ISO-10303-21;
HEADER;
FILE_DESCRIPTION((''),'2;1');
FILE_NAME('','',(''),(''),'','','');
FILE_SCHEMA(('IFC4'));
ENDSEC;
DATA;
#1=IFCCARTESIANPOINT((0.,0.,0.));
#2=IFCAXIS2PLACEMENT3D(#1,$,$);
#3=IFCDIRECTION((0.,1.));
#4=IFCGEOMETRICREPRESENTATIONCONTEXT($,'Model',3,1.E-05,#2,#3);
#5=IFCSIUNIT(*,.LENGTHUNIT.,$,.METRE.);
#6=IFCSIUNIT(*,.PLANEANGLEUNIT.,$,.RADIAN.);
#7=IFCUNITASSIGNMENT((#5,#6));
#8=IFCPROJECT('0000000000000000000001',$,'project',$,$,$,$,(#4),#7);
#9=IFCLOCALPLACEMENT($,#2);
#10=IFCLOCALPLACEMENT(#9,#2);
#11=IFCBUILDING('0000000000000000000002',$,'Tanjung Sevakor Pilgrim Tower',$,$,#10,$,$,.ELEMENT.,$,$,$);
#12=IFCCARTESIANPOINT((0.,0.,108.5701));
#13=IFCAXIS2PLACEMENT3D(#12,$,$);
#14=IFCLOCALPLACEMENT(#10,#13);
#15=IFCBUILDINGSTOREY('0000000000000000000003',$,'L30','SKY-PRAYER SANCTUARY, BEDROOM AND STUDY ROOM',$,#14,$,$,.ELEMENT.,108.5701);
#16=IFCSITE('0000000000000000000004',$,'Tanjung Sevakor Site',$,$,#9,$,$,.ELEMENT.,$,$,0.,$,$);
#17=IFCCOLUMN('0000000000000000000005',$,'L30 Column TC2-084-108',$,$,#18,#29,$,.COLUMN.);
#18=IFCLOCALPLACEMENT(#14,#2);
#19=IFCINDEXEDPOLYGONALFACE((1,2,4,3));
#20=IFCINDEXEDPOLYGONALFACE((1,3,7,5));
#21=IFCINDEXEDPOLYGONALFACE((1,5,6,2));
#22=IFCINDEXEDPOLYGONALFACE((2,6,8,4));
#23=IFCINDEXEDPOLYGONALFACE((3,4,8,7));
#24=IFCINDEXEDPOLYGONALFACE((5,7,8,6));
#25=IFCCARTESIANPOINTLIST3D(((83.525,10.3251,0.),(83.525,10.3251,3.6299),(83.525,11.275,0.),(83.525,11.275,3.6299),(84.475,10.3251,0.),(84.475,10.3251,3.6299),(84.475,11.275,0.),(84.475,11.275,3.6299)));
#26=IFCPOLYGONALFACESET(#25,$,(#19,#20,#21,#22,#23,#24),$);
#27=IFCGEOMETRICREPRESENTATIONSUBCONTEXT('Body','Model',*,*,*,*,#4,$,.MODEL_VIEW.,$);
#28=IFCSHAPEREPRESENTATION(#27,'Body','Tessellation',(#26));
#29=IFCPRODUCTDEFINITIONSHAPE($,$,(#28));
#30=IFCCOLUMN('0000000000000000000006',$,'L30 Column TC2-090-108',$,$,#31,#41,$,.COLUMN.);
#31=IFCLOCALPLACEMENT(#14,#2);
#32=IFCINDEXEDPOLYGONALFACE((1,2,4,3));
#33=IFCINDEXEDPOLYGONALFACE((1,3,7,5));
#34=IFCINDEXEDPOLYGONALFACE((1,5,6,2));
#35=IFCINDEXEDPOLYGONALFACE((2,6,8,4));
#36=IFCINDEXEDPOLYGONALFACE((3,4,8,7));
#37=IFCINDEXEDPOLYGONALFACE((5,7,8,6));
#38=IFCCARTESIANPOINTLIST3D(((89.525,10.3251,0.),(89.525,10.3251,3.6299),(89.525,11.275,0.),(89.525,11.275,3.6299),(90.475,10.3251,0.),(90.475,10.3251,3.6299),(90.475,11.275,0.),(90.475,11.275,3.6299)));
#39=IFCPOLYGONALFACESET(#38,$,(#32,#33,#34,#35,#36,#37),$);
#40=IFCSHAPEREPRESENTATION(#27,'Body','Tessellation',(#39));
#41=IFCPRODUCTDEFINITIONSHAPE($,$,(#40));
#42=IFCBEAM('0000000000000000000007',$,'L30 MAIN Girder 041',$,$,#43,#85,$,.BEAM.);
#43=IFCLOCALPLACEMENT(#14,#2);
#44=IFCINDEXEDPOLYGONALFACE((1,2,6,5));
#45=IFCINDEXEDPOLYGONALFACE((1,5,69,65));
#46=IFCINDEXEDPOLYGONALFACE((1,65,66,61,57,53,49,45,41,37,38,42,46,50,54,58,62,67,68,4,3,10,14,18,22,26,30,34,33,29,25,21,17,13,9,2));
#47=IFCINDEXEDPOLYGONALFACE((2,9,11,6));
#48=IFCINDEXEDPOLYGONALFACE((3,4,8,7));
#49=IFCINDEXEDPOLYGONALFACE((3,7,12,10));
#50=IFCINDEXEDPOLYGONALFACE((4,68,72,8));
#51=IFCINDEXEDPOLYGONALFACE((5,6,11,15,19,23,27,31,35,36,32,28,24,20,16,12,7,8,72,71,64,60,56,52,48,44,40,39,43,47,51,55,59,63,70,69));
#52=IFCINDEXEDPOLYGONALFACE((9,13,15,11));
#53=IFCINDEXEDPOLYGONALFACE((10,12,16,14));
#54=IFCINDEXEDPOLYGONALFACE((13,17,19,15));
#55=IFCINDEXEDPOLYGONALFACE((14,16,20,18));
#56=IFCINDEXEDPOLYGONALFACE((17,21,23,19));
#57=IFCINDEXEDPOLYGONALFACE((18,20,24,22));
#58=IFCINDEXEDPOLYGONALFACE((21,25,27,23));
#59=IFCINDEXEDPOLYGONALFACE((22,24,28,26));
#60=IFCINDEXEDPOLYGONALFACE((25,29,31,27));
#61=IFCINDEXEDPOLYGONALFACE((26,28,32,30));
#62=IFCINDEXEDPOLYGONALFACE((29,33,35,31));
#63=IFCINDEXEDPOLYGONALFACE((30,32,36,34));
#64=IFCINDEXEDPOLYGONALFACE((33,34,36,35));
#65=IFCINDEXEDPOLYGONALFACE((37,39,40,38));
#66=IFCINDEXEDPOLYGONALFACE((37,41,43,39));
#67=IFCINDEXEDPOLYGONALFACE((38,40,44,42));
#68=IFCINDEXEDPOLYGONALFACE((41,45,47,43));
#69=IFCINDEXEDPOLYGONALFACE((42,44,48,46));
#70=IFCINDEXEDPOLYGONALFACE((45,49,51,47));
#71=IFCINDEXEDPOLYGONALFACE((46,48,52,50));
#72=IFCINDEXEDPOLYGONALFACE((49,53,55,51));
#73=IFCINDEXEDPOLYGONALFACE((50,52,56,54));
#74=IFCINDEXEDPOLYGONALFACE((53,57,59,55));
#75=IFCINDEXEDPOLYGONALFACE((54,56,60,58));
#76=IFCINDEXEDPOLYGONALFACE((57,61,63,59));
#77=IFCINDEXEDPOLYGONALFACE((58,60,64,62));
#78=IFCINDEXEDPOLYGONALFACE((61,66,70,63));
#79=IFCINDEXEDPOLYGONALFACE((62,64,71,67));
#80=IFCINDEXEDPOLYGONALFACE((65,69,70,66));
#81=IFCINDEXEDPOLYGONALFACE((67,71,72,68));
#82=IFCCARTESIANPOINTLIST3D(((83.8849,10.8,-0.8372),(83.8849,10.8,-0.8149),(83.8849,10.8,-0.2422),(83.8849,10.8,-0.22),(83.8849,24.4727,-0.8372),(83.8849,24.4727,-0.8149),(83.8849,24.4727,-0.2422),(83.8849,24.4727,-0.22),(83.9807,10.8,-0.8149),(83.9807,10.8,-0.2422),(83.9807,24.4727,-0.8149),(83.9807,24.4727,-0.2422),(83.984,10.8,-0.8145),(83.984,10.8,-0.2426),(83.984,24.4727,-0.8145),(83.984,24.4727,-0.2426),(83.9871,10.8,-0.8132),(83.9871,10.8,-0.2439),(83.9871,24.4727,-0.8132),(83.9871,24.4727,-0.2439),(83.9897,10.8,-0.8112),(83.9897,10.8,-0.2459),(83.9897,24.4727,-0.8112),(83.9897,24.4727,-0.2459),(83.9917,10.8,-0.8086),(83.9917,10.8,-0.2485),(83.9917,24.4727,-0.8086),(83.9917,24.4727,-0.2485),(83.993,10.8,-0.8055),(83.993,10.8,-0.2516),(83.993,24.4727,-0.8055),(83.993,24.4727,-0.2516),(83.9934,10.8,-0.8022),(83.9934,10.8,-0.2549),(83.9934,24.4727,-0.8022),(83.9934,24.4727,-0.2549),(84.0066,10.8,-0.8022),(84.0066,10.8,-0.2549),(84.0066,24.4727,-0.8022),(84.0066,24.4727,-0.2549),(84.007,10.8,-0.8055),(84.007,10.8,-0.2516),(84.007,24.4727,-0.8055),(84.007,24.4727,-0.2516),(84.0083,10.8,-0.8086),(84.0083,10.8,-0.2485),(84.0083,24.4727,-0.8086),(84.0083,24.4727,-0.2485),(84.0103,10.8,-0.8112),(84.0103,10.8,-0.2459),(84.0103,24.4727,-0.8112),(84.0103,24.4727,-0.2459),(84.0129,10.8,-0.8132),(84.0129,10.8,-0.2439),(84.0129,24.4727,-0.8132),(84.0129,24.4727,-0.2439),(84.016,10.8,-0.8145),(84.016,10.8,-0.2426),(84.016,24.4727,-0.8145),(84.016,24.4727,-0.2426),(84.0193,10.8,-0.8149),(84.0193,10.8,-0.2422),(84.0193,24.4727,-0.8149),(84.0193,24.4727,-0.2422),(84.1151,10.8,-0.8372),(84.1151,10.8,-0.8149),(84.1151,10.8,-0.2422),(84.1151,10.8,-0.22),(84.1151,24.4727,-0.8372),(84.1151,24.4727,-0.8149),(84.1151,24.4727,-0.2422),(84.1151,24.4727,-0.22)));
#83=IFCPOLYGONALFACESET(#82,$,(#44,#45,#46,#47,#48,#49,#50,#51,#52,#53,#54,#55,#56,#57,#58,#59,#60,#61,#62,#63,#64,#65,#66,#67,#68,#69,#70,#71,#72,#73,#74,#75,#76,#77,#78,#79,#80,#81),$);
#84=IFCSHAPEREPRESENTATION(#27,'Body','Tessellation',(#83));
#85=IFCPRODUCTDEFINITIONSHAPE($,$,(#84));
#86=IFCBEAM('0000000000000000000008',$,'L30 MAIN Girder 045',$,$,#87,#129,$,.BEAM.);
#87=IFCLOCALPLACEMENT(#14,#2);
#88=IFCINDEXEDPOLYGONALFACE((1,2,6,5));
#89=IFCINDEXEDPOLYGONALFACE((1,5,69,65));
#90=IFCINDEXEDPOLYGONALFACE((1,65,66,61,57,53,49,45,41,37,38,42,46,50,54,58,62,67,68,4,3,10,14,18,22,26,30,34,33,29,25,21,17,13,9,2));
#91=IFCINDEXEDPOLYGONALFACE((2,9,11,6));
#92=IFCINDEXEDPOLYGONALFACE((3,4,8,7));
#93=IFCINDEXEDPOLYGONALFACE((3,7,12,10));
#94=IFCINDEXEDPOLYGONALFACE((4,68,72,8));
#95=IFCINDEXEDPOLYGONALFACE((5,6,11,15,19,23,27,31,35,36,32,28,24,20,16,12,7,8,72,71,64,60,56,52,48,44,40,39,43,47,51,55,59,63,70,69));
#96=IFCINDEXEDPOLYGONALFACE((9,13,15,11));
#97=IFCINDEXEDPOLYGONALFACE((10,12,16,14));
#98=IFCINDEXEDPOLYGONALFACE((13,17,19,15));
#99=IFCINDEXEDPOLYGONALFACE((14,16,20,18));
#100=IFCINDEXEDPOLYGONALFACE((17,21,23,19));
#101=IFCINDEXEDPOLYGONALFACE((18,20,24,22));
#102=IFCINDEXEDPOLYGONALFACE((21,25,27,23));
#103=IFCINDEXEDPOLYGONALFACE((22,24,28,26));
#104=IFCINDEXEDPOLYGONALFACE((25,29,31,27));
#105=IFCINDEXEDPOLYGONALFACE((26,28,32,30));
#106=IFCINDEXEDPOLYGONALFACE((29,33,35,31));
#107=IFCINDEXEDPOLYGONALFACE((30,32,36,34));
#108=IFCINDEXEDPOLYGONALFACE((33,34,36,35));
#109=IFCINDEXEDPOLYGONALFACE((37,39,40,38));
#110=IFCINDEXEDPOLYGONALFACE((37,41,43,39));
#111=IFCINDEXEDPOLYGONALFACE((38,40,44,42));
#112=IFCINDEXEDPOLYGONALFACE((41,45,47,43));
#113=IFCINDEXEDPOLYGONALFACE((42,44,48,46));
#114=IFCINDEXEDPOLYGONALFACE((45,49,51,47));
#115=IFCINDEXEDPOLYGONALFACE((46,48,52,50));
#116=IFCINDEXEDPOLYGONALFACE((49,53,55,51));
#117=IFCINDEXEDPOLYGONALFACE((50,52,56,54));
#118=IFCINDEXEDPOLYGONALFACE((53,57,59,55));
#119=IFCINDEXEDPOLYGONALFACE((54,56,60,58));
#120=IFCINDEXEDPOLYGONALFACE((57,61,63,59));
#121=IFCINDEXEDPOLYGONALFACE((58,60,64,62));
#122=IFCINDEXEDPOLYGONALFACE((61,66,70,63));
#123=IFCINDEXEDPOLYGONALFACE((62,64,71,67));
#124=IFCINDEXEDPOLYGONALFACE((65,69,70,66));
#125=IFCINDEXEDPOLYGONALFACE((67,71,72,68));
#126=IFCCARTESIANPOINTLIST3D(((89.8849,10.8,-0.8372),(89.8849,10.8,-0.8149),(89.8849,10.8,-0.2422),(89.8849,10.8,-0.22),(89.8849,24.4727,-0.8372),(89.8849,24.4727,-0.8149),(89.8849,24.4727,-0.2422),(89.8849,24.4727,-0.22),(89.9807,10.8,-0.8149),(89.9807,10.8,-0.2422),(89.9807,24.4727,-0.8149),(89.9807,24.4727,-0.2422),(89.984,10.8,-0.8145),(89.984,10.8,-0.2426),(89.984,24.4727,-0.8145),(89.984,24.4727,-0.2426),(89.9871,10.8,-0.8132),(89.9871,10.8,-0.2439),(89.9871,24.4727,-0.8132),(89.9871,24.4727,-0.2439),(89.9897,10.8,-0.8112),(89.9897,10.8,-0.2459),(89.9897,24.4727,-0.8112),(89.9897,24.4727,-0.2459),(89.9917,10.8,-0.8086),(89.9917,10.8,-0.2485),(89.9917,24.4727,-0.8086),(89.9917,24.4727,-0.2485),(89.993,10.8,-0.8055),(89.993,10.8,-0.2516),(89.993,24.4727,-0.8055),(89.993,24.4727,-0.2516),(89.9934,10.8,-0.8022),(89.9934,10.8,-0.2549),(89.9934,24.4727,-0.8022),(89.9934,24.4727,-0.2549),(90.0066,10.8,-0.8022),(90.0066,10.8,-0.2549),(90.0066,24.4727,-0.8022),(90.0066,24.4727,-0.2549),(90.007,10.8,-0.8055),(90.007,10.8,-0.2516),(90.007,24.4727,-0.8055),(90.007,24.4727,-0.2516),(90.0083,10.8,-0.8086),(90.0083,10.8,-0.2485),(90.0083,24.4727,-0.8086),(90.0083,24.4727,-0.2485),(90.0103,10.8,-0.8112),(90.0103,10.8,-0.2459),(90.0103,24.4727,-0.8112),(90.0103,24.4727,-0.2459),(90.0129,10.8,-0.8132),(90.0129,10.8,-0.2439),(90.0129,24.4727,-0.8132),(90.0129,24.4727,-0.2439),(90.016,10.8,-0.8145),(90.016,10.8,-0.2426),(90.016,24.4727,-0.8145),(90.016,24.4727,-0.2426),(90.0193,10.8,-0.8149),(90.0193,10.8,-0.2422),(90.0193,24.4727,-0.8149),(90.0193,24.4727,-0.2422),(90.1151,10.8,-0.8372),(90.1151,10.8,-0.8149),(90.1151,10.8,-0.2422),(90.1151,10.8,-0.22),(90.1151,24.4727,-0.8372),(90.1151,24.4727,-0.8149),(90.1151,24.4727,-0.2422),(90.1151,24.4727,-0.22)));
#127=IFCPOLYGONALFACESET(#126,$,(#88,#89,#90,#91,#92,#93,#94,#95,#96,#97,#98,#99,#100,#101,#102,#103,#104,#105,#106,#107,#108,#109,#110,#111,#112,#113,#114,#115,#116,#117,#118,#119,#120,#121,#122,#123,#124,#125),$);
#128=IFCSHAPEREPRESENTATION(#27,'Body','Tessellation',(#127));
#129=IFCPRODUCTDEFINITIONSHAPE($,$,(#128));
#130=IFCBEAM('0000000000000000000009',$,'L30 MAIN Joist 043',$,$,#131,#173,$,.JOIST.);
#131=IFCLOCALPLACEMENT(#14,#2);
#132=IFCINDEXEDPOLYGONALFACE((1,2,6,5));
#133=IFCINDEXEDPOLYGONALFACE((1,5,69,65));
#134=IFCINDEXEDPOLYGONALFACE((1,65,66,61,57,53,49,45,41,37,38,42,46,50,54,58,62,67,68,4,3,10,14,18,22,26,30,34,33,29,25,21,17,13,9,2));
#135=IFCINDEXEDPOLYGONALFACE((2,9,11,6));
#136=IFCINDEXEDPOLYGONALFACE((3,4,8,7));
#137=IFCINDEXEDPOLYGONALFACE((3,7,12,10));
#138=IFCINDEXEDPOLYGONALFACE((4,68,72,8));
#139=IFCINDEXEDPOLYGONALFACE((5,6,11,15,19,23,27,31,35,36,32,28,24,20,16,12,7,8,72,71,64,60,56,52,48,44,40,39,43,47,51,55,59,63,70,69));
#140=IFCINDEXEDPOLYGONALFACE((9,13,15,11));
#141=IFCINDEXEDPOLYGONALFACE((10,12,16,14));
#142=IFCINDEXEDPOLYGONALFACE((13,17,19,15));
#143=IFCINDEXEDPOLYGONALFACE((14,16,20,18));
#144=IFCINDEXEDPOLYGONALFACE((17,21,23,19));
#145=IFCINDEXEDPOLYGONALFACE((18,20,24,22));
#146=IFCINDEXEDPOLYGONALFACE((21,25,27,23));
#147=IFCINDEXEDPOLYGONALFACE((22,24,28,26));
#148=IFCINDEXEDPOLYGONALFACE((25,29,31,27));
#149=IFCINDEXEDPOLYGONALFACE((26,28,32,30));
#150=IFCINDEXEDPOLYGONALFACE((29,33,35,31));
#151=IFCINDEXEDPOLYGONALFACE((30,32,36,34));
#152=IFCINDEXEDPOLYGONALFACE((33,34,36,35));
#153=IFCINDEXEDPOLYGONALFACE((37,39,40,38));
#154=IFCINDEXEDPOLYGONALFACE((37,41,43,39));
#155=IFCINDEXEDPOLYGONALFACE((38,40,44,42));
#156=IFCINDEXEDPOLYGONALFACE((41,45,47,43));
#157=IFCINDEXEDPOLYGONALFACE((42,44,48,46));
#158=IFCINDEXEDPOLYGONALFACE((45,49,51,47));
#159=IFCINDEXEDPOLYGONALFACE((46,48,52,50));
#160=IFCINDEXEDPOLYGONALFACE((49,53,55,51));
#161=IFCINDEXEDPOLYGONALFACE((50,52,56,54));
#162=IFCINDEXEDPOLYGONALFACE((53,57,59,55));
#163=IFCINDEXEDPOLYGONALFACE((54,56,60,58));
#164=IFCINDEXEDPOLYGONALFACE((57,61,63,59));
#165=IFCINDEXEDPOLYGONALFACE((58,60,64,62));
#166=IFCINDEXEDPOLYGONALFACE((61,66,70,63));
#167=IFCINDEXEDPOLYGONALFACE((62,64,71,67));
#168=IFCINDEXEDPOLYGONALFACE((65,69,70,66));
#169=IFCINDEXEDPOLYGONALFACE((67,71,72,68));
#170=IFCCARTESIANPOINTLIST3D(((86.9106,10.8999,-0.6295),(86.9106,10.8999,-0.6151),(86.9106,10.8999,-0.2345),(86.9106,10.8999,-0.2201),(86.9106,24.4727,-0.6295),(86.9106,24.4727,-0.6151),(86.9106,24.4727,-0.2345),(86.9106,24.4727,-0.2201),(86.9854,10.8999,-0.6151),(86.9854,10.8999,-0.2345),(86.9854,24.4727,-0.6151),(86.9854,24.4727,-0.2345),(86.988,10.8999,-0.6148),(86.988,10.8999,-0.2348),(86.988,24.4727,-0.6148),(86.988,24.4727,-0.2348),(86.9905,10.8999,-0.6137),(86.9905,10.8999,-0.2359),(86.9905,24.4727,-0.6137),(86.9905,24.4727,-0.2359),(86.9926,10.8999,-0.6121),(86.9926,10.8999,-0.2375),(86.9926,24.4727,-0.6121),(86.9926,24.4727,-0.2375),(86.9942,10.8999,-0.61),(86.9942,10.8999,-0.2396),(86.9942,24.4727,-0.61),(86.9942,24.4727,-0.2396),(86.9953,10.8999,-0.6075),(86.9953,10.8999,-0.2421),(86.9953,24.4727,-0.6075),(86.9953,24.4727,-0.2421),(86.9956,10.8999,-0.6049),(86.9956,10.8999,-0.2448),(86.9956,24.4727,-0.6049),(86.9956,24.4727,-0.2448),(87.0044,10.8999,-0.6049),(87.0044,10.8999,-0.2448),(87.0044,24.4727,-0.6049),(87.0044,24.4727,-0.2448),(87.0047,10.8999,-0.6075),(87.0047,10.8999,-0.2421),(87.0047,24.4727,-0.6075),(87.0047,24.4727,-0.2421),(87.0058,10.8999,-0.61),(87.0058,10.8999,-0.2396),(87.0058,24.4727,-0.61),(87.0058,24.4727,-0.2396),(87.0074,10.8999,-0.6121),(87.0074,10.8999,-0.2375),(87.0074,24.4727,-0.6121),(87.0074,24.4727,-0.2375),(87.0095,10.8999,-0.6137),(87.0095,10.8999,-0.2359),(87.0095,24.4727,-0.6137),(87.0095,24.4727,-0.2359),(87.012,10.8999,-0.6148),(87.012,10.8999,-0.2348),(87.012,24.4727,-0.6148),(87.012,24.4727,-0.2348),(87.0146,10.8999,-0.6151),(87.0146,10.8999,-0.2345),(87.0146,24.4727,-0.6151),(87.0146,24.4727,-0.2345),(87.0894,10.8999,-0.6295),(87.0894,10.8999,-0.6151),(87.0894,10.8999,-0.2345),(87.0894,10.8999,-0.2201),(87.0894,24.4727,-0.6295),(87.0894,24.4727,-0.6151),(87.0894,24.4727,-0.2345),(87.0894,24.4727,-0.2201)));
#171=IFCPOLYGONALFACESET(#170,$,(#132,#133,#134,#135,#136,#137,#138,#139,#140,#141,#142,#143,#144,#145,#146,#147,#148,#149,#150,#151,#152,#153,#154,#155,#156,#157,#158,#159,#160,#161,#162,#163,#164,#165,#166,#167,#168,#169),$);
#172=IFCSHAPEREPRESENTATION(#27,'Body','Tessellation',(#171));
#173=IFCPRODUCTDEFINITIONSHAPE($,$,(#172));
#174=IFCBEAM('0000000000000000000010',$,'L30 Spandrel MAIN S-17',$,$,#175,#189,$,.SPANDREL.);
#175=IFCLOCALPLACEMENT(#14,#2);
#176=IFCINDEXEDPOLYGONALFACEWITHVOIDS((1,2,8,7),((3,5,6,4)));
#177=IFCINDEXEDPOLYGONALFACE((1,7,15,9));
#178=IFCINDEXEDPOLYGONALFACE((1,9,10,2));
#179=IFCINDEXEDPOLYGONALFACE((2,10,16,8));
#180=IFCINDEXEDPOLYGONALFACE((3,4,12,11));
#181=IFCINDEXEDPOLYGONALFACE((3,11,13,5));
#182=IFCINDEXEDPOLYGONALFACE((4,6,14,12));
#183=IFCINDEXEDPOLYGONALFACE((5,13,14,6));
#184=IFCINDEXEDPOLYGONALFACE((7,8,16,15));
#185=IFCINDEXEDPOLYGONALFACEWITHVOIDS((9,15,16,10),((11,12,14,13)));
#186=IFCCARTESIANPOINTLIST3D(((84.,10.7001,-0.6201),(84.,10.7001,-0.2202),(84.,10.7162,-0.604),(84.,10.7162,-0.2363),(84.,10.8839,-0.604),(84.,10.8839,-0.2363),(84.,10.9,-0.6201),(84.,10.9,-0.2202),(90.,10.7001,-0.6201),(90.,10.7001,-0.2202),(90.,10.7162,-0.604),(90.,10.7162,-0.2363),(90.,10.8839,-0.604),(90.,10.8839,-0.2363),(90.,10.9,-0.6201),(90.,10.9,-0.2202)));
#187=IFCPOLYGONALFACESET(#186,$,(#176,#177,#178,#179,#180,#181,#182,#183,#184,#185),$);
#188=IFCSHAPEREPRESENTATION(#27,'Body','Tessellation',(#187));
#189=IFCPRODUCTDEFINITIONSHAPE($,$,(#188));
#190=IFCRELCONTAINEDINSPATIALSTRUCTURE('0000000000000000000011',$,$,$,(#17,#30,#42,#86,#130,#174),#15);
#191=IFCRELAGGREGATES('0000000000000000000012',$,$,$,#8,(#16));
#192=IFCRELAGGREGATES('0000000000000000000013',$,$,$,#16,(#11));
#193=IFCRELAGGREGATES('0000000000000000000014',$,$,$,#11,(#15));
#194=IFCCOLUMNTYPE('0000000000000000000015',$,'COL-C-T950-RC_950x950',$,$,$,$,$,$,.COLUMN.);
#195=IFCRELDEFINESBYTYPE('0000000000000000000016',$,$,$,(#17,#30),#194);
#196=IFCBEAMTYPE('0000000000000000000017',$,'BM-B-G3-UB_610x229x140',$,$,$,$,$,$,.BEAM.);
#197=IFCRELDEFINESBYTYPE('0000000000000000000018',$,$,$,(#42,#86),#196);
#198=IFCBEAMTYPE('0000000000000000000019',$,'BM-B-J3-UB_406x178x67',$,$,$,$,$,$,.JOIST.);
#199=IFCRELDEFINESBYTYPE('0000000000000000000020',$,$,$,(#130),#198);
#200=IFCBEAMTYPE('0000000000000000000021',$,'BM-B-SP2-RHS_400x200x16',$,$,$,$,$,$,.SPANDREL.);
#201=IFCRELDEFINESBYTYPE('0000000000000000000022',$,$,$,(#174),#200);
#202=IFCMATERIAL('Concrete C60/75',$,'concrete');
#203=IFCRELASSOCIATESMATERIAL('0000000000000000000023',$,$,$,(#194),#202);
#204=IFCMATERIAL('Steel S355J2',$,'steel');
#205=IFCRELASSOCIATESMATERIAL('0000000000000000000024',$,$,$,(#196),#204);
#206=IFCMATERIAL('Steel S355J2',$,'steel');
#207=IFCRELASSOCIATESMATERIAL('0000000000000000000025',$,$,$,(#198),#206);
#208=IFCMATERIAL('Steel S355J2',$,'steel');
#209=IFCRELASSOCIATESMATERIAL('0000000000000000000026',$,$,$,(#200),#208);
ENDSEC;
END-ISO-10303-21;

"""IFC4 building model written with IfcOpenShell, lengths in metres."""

from ifc_helpers import new_model, si_unit, direction, frame, origin, origin_2d, place, context, subcontext, project, spatial, rectangle, hollow_rectangle, i_section, extrude, material, material_profile, profile_set, type_object, element, save


model = new_model("IFC4")

# Units and contexts
model_context = context("Model", 3, precision=1e-05, world=origin(), true_north=direction((0.0, 1.0)))
body_context = subcontext(model_context, "Body", "Model", "MODEL_VIEW")
ifc_project = project(units=[si_unit("LENGTHUNIT", "METRE"), si_unit("PLANEANGLEUNIT", "RADIAN")], contexts=[model_context])

# Site, building, storey
site_placement = place(None, origin())
site = spatial("IfcSite", under=ifc_project, at=site_placement, Name="Tanjung Sevakor Site", CompositionType="ELEMENT", RefElevation=0.0)
building_placement = place(site_placement, origin())
building = spatial("IfcBuilding", under=site, at=building_placement, Name="Tanjung Sevakor Pilgrim Tower", CompositionType="ELEMENT")
storey_placement = place(building_placement, frame((0.0, 0.0, 108.5701)))
storey = spatial("IfcBuildingStorey", under=building, at=storey_placement, Name="L30", Description="SKY-PRAYER SANCTUARY, BEDROOM AND STUDY ROOM", CompositionType="ELEMENT", Elevation=108.5701)

# Columns
ifc_material_1 = material(Name="Concrete C60/75", Category="concrete")
ifc_material_profile_1 = material_profile(ifc_material_1, rectangle(XDim=0.95, YDim=0.95, at=origin_2d()))
ifc_profile_set_1 = profile_set([ifc_material_profile_1], Name="Concrete C60/75")
column_type = type_object("IfcColumnType", Name="COL-C-T950-RC_950x950", PredefinedType="COLUMN", material=ifc_profile_set_1)
for number, where, z_axis, x_axis, name in (
    (1, (84.0, 10.8, 0.0), (0.0, 0.0, 1.0), (1.0, 0.0, 0.0), "L30 Column TC2-084-108"),
    (2, (90.0, 10.8, 0.0), (0.0, 0.0, 1.0), (1.0, 0.0, 0.0), "L30 Column TC2-090-108"),
):
    element("IfcColumn", number, at=place(storey_placement, frame(where, z_axis=z_axis, x_axis=x_axis)), inside=storey, type_object=column_type, Name=name, PredefinedType="COLUMN", context=body_context, shape_type="SweptSolid", body=[
        extrude(rectangle(XDim=0.95, YDim=0.95, at=origin_2d()), origin(), (0.0, 0.0, 1.0), 3.6299),
    ])

# Beams
ifc_material_2 = material(Name="Steel S355J2", Category="steel")
ifc_material_profile_2 = material_profile(ifc_material_2, i_section(OverallWidth=0.2302, OverallDepth=0.6172, WebThickness=0.0132, FlangeThickness=0.0222, FilletRadius=0.0127, at=origin_2d()))
ifc_profile_set_2 = profile_set([ifc_material_profile_2], Name="Steel S355J2")
beam_type_1 = type_object("IfcBeamType", Name="BM-B-G3-UB_610x229x140", PredefinedType="BEAM", material=ifc_profile_set_2)
for number, where, z_axis, x_axis, name in (
    (3, (84.0, 10.8, -0.5286), (0.0, 1.0, 0.0), (-1.0, 0.0, 0.0), "L30 MAIN Girder 041"),
    (4, (90.0, 10.8, -0.5286), (0.0, 1.0, 0.0), (-1.0, 0.0, 0.0), "L30 MAIN Girder 045"),
):
    element("IfcBeam", number, at=place(storey_placement, frame(where, z_axis=z_axis, x_axis=x_axis)), inside=storey, type_object=beam_type_1, Name=name, PredefinedType="BEAM", context=body_context, shape_type="SweptSolid", body=[
        extrude(i_section(OverallWidth=0.2302, OverallDepth=0.6172, WebThickness=0.0132, FlangeThickness=0.0222, FilletRadius=0.0127, at=origin_2d()), origin(), (0.0, 0.0, 1.0), 13.6726),
    ])
ifc_material_3 = material(Name="Steel S355J2", Category="steel")
ifc_material_profile_3 = material_profile(ifc_material_3, i_section(OverallWidth=0.1787, OverallDepth=0.4094, WebThickness=0.0088, FlangeThickness=0.0144, FilletRadius=0.0103, at=origin_2d()))
ifc_profile_set_3 = profile_set([ifc_material_profile_3], Name="Steel S355J2")
beam_type_2 = type_object("IfcBeamType", Name="BM-B-J3-UB_406x178x67", PredefinedType="JOIST", material=ifc_profile_set_3)
beam_1_placement = place(storey_placement, frame((87.0, 10.8999, -0.4248), z_axis=(0.0, 1.0, 0.0), x_axis=(-1.0, 0.0, 0.0)))
element("IfcBeam", 5, at=beam_1_placement, inside=storey, type_object=beam_type_2, Name="L30 MAIN Joist 043", PredefinedType="JOIST", context=body_context, shape_type="SweptSolid", body=[
    extrude(i_section(OverallWidth=0.1787, OverallDepth=0.4094, WebThickness=0.0088, FlangeThickness=0.0144, FilletRadius=0.0103, at=origin_2d()), origin(), (0.0, 0.0, 1.0), 13.5728),
])
ifc_material_4 = material(Name="Steel S355J2", Category="steel")
ifc_material_profile_4 = material_profile(ifc_material_4, hollow_rectangle(XDim=0.2, YDim=0.3999, WallThickness=0.0161, at=origin_2d()))
ifc_profile_set_4 = profile_set([ifc_material_profile_4], Name="Steel S355J2")
beam_type_3 = type_object("IfcBeamType", Name="BM-B-SP2-RHS_400x200x16", PredefinedType="SPANDREL", material=ifc_profile_set_4)
beam_2_placement = place(storey_placement, frame((84.0, 10.8, -0.4202), z_axis=(1.0, 0.0, 0.0), x_axis=(0.0, 1.0, 0.0)))
element("IfcBeam", 6, at=beam_2_placement, inside=storey, type_object=beam_type_3, Name="L30 Spandrel MAIN S-17", PredefinedType="SPANDREL", context=body_context, shape_type="SweptSolid", body=[
    extrude(hollow_rectangle(XDim=0.2, YDim=0.3999, WallThickness=0.0161, at=origin_2d()), origin(), (0.0, 0.0, 1.0), 6.0),
])

save(model, "model.ifc")
